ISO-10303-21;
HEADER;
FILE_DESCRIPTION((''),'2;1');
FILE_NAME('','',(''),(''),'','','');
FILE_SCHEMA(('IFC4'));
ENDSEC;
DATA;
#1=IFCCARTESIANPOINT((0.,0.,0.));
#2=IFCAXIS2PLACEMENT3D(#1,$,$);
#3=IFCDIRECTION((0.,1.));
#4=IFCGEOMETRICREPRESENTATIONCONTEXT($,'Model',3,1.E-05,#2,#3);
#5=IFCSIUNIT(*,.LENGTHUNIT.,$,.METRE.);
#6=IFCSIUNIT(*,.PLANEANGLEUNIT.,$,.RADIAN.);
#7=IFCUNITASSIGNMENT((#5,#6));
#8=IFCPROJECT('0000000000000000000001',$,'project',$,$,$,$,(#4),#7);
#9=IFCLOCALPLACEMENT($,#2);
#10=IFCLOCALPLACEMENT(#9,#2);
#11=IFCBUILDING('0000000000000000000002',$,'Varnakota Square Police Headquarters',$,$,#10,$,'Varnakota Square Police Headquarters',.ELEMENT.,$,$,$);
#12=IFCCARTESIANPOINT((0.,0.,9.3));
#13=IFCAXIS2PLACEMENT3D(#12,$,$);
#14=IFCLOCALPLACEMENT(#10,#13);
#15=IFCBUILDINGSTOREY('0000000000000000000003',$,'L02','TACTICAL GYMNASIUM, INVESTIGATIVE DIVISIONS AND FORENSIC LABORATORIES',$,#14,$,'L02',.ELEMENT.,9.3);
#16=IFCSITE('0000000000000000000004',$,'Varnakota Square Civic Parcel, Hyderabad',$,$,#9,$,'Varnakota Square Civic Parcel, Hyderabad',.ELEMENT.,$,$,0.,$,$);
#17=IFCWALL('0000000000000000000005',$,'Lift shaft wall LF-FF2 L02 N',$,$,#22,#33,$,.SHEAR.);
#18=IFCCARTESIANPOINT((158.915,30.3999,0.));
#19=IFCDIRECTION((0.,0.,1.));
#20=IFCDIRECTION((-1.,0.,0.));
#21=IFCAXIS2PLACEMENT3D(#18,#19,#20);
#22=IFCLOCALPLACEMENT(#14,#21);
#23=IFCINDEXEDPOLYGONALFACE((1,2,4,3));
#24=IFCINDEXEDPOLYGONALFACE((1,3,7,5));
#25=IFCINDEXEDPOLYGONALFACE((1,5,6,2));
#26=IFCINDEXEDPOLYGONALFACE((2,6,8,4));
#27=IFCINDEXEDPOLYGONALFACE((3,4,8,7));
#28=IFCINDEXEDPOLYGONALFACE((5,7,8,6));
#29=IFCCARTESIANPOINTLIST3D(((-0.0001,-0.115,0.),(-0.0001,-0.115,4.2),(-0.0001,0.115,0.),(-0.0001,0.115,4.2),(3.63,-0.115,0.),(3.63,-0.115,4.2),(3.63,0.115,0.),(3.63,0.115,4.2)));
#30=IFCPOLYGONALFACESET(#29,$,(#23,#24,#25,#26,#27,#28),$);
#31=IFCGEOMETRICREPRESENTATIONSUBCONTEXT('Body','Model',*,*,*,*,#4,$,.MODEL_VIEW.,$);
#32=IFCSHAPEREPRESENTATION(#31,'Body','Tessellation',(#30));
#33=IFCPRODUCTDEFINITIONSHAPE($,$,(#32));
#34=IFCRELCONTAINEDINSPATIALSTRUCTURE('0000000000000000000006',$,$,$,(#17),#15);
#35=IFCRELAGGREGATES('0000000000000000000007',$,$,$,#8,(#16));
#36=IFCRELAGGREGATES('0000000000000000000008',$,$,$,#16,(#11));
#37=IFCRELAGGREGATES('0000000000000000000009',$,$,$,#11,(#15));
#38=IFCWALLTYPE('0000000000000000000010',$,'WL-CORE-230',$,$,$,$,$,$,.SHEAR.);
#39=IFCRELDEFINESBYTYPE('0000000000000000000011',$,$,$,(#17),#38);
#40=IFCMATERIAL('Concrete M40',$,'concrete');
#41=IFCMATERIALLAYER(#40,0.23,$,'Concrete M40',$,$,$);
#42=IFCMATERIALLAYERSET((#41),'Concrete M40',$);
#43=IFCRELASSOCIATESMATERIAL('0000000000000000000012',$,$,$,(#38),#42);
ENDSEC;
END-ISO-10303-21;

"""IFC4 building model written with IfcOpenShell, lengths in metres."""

from ifc_helpers import new_model, si_unit, direction, frame, frame_2d, origin, place, context, subcontext, project, spatial, rectangle, extrude, material, layer, layer_set, type_object, element, save


model = new_model("IFC4")

# Units and contexts
model_context = context("Model", 3, precision=1e-05, world=origin(), true_north=direction((0.0, 1.0)))
body_context = subcontext(model_context, "Body", "Model", "MODEL_VIEW")
ifc_project = project(units=[si_unit("LENGTHUNIT", "METRE"), si_unit("PLANEANGLEUNIT", "RADIAN")], contexts=[model_context])

# Site, building, storey
site_placement = place(None, origin())
site = spatial("IfcSite", under=ifc_project, at=site_placement, Name="Varnakota Square Civic Parcel, Hyderabad", LongName="Varnakota Square Civic Parcel, Hyderabad", CompositionType="ELEMENT", RefElevation=0.0)
building_placement = place(site_placement, origin())
building = spatial("IfcBuilding", under=site, at=building_placement, Name="Varnakota Square Police Headquarters", LongName="Varnakota Square Police Headquarters", CompositionType="ELEMENT")
storey_placement = place(building_placement, frame((0.0, 0.0, 9.3)))
storey = spatial("IfcBuildingStorey", under=building, at=storey_placement, Name="L02", Description="TACTICAL GYMNASIUM, INVESTIGATIVE DIVISIONS AND FORENSIC LABORATORIES", LongName="L02", CompositionType="ELEMENT", Elevation=9.3)

# Wall
ifc_material_1 = material(Name="Concrete M40", Category="concrete")
ifc_layer_1 = layer(ifc_material_1, 0.23, Name="Concrete M40")
ifc_layer_set_1 = layer_set([ifc_layer_1], Name="Concrete M40")
wall_type_1 = type_object("IfcWallType", Name="WL-CORE-230", PredefinedType="SHEAR", material=ifc_layer_set_1)
wall_1_placement = place(storey_placement, frame((158.915, 30.3999, 0.0), z_axis=(0.0, 0.0, 1.0), x_axis=(-1.0, 0.0, 0.0)))
element("IfcWall", 1, at=wall_1_placement, inside=storey, type_object=wall_type_1, Name="Lift shaft wall LF-FF2 L02 N", PredefinedType="SHEAR", context=body_context, shape_type="SweptSolid", body=[
    extrude(rectangle(XDim=3.6301, YDim=0.23, at=frame_2d((1.8149, 0.0))), origin(), (0.0, 0.0, 1.0), 4.2),
])

save(model, "model.ifc")
